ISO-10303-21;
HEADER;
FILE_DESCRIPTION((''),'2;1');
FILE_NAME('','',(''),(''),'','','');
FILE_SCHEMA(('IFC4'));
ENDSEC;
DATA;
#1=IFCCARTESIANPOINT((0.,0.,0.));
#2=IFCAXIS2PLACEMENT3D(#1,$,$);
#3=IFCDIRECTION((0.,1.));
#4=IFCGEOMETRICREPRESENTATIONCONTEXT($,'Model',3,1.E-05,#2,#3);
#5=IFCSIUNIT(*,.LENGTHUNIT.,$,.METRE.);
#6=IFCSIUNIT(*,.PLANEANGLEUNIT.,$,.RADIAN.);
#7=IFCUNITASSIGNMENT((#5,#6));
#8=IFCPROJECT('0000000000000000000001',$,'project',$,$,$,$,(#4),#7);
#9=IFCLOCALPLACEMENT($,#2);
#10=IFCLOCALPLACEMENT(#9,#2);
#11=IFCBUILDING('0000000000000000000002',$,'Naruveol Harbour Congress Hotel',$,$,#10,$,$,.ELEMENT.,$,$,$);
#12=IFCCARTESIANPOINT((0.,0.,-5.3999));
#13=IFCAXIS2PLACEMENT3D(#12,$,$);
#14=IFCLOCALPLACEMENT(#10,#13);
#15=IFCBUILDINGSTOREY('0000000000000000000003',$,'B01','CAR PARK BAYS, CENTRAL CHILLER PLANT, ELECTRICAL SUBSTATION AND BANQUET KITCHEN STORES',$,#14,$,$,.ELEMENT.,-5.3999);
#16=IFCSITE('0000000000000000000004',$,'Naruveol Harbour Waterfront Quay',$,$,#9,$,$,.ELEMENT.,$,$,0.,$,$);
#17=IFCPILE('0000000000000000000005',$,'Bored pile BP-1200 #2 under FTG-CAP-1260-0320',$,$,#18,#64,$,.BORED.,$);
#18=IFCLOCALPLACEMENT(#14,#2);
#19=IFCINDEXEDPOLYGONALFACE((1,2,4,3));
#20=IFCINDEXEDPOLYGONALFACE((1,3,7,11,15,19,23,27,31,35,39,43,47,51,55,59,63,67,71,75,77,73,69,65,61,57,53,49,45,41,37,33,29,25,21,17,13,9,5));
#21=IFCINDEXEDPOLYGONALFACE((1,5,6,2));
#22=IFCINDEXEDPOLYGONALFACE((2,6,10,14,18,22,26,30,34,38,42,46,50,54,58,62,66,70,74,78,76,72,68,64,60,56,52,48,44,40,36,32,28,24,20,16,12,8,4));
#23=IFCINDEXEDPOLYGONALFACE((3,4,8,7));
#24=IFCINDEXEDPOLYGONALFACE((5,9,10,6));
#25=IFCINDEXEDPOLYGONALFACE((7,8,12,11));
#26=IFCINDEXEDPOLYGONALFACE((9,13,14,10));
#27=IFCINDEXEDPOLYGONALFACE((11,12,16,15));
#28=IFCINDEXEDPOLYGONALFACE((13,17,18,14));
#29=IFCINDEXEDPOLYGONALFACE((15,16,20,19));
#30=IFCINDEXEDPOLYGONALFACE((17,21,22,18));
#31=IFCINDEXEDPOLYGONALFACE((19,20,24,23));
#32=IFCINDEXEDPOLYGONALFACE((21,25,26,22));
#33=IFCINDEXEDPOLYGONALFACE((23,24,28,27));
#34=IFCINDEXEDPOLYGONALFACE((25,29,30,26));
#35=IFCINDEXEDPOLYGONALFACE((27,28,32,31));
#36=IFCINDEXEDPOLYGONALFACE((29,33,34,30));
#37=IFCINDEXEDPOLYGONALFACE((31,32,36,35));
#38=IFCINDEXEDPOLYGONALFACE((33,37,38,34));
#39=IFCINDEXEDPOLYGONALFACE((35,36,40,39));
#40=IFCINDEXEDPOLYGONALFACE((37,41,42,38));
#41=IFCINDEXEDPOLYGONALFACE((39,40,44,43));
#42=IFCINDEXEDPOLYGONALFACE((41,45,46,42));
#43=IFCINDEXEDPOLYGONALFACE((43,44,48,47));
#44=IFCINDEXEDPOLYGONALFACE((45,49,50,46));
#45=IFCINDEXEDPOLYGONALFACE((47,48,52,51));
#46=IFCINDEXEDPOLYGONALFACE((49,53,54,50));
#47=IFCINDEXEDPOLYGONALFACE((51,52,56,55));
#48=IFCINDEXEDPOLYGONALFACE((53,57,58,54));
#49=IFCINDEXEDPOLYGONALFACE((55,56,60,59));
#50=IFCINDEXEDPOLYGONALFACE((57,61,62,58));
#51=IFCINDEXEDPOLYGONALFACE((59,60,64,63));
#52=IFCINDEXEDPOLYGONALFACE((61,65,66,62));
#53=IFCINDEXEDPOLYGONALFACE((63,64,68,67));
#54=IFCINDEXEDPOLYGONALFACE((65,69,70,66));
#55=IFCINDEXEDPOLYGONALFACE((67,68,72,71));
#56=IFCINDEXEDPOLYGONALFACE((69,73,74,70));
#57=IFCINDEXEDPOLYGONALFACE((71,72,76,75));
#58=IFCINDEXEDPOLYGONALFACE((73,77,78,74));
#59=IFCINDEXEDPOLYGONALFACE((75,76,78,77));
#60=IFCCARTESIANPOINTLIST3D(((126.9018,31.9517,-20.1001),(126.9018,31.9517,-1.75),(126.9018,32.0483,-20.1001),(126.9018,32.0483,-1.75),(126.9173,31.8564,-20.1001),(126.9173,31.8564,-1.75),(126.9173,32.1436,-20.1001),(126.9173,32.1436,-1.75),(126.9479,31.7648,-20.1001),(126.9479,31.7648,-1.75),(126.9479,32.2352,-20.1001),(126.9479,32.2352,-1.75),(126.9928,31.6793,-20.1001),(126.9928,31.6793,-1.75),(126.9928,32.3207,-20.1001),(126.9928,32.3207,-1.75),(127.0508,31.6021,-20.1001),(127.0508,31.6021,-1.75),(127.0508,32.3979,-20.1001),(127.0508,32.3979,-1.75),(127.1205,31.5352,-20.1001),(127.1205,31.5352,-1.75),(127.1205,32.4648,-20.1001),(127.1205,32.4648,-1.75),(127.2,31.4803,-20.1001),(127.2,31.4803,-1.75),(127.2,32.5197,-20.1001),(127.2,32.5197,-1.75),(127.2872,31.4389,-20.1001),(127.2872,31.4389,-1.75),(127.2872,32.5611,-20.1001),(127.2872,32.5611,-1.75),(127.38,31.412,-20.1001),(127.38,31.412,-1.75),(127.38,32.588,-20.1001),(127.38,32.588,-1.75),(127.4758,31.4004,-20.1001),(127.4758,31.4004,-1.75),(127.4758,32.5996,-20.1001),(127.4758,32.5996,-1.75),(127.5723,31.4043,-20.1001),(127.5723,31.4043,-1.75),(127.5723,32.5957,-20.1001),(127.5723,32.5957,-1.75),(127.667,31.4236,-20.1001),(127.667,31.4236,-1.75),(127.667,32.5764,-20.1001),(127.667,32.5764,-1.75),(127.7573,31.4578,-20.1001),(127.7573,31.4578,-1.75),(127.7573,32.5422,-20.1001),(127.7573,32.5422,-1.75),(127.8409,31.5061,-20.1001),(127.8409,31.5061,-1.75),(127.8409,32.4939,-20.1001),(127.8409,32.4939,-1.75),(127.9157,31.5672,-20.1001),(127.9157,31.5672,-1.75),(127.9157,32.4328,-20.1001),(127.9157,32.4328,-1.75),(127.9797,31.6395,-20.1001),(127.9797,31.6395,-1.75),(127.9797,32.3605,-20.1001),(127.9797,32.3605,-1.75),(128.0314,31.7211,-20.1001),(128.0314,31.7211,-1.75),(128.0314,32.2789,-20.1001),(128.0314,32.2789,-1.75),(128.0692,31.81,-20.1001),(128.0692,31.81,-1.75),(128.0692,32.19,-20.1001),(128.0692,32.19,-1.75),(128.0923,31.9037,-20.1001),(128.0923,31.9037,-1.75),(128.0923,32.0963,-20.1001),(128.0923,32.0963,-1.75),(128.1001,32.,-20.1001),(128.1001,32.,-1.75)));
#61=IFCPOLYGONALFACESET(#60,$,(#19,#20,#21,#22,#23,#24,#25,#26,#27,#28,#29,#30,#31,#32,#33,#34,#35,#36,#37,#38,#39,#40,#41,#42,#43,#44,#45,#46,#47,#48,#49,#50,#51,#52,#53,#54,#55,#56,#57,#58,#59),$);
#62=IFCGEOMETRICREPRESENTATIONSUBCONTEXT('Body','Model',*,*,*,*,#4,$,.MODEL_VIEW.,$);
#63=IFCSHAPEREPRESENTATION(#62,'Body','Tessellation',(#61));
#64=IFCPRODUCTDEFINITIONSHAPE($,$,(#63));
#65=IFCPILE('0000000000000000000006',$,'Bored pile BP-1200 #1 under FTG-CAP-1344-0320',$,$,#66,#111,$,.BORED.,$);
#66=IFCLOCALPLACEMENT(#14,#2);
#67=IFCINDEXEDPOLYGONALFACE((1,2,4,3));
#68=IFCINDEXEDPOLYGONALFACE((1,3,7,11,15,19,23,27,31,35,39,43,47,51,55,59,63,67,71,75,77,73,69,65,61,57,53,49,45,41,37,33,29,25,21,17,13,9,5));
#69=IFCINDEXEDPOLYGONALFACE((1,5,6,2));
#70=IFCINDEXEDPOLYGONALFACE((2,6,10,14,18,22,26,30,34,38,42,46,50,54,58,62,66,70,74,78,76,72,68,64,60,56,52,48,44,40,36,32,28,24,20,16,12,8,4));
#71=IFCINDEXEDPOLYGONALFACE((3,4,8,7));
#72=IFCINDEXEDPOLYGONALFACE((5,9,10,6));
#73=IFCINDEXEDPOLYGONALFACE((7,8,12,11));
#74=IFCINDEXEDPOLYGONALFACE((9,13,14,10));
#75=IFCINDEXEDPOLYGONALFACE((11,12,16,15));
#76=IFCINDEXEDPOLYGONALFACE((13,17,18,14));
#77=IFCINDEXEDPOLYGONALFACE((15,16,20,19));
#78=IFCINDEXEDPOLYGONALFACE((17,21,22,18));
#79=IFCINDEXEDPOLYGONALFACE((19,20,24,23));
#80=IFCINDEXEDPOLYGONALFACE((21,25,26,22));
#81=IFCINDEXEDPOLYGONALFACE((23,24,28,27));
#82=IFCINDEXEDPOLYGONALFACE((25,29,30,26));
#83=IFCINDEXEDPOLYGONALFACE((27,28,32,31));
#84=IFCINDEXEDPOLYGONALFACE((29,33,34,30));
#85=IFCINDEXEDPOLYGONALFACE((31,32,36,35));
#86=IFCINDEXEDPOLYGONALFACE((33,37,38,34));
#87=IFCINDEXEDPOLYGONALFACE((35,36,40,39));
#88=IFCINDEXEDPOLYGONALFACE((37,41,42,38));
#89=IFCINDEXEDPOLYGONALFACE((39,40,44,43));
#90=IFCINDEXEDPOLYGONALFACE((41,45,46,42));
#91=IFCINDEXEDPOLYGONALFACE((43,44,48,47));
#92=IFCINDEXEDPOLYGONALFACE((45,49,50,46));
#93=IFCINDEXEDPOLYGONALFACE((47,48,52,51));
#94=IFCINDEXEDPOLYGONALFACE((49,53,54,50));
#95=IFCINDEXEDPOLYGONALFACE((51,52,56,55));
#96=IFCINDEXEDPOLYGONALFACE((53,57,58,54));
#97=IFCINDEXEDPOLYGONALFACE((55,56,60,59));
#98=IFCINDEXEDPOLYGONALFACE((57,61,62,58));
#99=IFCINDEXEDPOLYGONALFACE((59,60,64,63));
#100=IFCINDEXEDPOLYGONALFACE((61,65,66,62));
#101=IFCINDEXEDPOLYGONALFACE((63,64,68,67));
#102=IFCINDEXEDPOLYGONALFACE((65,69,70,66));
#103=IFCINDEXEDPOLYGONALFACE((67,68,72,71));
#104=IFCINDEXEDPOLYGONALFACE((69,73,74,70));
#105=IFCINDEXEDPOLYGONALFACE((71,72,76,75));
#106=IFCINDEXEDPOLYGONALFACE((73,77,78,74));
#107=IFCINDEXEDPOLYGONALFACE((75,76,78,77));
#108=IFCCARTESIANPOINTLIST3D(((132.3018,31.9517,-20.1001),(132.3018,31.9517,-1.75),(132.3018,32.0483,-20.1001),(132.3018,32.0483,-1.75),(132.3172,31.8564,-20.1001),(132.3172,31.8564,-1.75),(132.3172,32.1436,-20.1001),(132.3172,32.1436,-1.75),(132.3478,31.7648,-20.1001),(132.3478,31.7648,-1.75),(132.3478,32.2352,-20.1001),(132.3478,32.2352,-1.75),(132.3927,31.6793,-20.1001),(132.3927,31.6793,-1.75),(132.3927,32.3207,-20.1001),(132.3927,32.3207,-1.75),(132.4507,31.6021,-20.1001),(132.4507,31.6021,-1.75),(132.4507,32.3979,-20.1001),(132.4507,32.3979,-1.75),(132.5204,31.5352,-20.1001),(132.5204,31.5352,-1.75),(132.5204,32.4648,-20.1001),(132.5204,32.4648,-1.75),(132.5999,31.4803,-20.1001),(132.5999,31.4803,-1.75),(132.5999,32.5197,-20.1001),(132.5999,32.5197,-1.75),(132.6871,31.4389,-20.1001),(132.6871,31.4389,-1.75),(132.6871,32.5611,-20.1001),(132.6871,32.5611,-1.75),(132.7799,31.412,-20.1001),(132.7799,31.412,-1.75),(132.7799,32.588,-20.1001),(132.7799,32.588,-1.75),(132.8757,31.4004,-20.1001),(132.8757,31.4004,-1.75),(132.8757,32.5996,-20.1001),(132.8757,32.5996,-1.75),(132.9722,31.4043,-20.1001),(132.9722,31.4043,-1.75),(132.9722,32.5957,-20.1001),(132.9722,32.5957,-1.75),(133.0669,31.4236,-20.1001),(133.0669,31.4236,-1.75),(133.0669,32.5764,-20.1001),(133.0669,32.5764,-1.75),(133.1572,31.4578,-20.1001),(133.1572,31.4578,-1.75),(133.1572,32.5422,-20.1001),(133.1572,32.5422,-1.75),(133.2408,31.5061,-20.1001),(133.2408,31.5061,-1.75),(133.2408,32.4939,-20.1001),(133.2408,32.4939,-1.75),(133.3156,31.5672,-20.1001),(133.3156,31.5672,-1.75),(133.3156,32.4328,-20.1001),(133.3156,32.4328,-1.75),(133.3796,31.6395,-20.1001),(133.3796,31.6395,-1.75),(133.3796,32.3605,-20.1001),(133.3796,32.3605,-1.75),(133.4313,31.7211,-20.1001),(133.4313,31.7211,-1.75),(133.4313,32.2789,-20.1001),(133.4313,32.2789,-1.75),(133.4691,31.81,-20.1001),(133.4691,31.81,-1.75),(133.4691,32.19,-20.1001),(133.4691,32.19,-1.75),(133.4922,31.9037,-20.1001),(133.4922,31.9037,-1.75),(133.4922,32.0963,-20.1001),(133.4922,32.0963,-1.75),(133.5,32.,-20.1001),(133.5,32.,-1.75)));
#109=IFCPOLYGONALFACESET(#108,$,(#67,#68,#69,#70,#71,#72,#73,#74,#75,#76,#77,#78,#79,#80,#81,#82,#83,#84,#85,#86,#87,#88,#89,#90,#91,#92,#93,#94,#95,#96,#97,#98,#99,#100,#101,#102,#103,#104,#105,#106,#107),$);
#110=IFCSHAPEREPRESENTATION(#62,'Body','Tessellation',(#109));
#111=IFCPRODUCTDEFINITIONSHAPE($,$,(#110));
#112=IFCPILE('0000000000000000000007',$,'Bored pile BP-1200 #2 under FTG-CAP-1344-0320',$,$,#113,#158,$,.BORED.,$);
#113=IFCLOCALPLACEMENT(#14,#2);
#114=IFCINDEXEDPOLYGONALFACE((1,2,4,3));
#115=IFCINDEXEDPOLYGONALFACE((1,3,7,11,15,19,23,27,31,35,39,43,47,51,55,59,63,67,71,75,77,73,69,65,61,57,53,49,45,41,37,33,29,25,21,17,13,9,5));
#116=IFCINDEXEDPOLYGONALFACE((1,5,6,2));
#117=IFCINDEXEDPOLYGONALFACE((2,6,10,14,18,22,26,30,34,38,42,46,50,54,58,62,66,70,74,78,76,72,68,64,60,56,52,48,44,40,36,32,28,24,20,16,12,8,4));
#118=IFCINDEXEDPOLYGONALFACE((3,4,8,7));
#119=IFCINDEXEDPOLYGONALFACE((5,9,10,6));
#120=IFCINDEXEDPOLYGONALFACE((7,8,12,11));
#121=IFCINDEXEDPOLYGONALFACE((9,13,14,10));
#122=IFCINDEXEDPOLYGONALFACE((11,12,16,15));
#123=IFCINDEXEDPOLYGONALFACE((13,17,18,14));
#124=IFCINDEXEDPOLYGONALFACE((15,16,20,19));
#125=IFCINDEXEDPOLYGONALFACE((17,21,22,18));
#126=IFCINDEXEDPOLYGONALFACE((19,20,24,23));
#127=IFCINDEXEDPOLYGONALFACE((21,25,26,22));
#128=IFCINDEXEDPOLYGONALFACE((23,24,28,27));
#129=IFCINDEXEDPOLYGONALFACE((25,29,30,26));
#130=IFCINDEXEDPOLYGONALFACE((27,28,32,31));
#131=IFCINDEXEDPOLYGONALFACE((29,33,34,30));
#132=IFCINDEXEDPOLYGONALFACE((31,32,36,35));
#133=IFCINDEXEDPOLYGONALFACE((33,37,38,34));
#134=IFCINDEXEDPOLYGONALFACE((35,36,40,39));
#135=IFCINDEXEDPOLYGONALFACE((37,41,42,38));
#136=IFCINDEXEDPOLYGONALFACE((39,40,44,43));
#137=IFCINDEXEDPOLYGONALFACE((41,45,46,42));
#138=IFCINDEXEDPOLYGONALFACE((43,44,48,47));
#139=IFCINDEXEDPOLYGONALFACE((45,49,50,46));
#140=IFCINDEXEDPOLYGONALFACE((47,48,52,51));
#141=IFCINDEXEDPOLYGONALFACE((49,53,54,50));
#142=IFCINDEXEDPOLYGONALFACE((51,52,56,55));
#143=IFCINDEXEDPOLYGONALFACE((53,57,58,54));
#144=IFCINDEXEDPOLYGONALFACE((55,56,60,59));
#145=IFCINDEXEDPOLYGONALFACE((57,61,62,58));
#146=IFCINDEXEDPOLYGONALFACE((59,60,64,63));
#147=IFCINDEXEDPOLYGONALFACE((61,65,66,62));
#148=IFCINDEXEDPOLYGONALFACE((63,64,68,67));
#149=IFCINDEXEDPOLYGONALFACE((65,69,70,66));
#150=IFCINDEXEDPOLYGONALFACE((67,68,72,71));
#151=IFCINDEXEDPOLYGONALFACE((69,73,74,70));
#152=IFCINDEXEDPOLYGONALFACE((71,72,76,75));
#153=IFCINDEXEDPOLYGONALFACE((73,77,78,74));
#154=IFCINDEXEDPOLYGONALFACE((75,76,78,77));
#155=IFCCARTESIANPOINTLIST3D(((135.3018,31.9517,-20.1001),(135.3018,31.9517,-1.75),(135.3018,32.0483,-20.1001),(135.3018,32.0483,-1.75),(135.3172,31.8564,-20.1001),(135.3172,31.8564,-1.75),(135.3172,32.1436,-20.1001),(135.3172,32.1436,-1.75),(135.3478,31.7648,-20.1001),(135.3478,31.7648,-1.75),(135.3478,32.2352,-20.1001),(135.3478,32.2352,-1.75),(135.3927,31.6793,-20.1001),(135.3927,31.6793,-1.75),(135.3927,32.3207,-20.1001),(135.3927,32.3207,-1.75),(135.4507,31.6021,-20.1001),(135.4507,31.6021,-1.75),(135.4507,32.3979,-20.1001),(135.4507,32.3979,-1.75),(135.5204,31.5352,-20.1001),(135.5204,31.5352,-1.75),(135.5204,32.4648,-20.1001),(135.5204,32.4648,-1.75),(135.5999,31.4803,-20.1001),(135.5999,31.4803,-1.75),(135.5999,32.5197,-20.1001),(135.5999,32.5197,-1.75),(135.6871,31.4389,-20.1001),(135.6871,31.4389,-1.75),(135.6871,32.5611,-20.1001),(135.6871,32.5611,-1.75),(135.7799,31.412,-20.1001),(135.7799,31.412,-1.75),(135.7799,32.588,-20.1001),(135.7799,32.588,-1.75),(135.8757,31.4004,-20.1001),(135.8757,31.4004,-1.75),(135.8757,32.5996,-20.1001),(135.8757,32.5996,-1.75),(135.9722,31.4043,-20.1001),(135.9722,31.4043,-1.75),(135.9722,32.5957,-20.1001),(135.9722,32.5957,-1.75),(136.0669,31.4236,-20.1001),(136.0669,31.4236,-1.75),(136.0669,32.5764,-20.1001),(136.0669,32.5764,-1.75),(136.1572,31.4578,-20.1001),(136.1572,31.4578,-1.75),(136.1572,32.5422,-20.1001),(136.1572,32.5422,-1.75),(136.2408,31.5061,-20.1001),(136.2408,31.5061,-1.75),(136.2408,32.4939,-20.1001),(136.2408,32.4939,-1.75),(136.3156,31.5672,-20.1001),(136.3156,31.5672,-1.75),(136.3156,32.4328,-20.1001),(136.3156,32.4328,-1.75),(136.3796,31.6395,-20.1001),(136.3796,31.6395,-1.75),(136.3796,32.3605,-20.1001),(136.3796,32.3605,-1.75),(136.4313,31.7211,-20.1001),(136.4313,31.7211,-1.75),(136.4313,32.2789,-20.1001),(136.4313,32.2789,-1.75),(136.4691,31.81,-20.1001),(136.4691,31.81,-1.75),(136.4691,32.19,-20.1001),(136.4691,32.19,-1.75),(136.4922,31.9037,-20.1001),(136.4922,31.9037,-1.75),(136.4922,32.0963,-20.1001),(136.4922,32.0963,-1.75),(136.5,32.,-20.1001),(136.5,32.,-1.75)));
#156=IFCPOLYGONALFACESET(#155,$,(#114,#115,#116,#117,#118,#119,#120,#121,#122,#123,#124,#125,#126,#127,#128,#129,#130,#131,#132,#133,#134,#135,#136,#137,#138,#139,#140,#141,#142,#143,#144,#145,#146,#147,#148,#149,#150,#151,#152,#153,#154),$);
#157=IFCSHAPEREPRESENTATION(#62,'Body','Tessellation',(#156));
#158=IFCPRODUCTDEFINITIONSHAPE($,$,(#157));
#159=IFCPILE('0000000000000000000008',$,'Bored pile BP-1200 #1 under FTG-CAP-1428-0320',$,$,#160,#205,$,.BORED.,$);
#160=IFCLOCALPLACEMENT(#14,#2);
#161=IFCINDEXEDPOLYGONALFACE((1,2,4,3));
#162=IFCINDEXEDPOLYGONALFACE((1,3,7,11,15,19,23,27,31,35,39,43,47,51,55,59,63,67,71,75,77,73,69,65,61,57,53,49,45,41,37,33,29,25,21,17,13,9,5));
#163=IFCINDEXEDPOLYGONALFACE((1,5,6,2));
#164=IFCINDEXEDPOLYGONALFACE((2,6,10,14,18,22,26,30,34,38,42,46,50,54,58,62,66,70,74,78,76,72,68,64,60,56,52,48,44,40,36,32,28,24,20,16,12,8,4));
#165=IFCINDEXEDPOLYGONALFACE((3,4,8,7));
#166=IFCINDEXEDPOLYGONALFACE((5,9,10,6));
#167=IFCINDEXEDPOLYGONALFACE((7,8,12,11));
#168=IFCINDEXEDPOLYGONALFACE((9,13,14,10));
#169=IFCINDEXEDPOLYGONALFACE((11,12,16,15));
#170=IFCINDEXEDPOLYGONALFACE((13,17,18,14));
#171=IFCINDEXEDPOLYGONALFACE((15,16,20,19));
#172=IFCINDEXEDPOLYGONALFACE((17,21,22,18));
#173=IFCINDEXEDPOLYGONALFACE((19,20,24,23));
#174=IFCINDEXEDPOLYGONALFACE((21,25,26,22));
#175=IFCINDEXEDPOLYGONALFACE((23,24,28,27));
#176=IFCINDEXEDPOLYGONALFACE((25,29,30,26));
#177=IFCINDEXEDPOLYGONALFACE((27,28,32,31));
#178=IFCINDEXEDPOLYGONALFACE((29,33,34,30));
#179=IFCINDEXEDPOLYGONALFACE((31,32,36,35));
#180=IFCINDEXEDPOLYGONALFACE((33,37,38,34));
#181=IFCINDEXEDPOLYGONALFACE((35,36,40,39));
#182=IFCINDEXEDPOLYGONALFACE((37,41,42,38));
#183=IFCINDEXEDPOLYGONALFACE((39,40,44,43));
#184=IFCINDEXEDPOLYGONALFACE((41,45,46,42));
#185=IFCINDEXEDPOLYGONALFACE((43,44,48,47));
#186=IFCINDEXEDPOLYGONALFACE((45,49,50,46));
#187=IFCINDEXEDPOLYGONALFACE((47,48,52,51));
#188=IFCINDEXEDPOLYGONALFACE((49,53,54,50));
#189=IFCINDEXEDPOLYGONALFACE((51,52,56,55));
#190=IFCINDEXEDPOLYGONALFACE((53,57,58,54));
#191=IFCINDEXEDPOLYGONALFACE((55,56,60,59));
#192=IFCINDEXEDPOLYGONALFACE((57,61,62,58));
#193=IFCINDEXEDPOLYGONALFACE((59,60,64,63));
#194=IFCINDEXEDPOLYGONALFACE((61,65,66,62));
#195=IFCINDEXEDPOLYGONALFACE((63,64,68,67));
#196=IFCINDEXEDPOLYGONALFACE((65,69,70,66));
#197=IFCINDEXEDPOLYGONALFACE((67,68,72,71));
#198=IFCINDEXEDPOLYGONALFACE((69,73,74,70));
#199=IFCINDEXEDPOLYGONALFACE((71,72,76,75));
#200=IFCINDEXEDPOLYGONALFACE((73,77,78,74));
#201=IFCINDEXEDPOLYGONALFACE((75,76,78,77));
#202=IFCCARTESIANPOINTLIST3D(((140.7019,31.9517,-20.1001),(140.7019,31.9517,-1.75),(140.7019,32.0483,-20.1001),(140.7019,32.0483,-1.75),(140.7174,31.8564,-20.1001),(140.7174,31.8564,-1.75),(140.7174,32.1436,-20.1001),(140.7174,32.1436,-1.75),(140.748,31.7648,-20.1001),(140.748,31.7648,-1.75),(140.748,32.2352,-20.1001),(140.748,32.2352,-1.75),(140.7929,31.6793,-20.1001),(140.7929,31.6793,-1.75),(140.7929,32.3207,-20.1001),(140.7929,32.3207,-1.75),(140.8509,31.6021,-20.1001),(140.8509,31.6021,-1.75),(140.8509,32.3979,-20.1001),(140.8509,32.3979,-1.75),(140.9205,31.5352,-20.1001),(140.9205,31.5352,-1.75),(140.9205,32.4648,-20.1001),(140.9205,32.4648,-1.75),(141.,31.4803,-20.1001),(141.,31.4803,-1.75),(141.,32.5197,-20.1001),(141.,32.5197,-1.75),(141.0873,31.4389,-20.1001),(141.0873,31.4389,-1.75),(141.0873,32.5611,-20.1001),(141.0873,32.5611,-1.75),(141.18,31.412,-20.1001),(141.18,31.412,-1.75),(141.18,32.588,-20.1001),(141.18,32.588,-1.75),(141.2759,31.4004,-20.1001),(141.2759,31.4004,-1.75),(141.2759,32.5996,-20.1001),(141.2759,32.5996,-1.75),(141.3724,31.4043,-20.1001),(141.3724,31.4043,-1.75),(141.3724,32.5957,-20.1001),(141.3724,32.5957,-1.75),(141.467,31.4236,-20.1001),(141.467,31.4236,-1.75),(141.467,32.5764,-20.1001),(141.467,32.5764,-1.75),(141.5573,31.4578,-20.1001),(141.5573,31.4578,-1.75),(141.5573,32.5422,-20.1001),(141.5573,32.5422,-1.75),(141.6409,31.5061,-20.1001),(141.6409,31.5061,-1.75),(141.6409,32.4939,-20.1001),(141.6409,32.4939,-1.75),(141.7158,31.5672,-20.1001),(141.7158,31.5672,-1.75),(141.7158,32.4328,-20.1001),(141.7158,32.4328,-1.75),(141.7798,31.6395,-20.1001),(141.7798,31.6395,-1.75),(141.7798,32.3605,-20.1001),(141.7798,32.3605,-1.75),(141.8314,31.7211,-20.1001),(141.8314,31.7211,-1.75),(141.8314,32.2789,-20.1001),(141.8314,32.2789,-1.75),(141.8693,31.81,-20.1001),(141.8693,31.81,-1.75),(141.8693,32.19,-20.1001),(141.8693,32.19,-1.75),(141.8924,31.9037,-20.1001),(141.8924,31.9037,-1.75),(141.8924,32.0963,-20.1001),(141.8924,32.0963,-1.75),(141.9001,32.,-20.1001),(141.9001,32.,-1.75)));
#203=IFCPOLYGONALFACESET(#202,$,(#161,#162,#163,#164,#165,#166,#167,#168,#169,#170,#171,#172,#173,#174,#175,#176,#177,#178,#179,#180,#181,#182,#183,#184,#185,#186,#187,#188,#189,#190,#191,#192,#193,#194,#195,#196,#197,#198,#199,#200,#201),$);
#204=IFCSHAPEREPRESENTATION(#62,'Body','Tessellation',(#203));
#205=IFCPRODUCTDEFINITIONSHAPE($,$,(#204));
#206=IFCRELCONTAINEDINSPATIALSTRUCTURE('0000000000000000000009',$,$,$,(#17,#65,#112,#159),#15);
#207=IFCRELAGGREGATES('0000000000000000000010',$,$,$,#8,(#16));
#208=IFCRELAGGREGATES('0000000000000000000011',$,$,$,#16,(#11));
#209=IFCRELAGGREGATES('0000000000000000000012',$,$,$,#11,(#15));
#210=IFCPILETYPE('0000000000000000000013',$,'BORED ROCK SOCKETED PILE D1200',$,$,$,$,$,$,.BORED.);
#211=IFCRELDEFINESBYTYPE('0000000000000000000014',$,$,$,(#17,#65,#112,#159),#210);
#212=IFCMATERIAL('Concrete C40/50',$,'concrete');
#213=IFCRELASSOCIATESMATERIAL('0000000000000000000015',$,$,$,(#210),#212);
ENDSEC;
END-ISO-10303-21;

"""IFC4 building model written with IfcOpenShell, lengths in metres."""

from ifc_helpers import new_model, si_unit, direction, frame, origin, origin_2d, place, context, subcontext, project, spatial, circle, extrude, material, material_profile, profile_set, type_object, element, save


model = new_model("IFC4")

# Units and contexts
model_context = context("Model", 3, precision=1e-05, world=origin(), true_north=direction((0.0, 1.0)))
body_context = subcontext(model_context, "Body", "Model", "MODEL_VIEW")
ifc_project = project(units=[si_unit("LENGTHUNIT", "METRE"), si_unit("PLANEANGLEUNIT", "RADIAN")], contexts=[model_context])

# Site, building, storey
site_placement = place(None, origin())
site = spatial("IfcSite", under=ifc_project, at=site_placement, Name="Naruveol Harbour Waterfront Quay", CompositionType="ELEMENT", RefElevation=0.0)
building_placement = place(site_placement, origin())
building = spatial("IfcBuilding", under=site, at=building_placement, Name="Naruveol Harbour Congress Hotel", CompositionType="ELEMENT")
storey_placement = place(building_placement, frame((0.0, 0.0, -5.3999)))
storey = spatial("IfcBuildingStorey", under=building, at=storey_placement, Name="B01", Description="CAR PARK BAYS, CENTRAL CHILLER PLANT, ELECTRICAL SUBSTATION AND BANQUET KITCHEN STORES", CompositionType="ELEMENT", Elevation=-5.3999)

# Piles
ifc_material_1 = material(Name="Concrete C40/50", Category="concrete")
ifc_material_profile_1 = material_profile(ifc_material_1, circle(Radius=0.6001, at=origin_2d()), Name="BP-1200")
ifc_profile_set_1 = profile_set([ifc_material_profile_1], Name="Concrete C40/50")
pile_type = type_object("IfcPileType", Name="BORED ROCK SOCKETED PILE D1200", PredefinedType="BORED", material=ifc_profile_set_1)
for number, where, z_axis, x_axis, name in (
    (1, (127.5, 32.0, -1.75), (0.0, 0.0, -1.0), (1.0, 0.0, 0.0), "Bored pile BP-1200 #2 under FTG-CAP-1260-0320"),
    (2, (132.8999, 32.0, -1.75), (0.0, 0.0, -1.0), (1.0, 0.0, 0.0), "Bored pile BP-1200 #1 under FTG-CAP-1344-0320"),
    (3, (135.8999, 32.0, -1.75), (0.0, 0.0, -1.0), (1.0, 0.0, 0.0), "Bored pile BP-1200 #2 under FTG-CAP-1344-0320"),
    (4, (141.3, 32.0, -1.75), (0.0, 0.0, -1.0), (1.0, 0.0, 0.0), "Bored pile BP-1200 #1 under FTG-CAP-1428-0320"),
):
    element("IfcPile", number, at=place(storey_placement, frame(where, z_axis=z_axis, x_axis=x_axis)), inside=storey, type_object=pile_type, Name=name, PredefinedType="BORED", context=body_context, shape_type="SweptSolid", body=[
        extrude(circle(Radius=0.6001, at=origin_2d()), origin(), (0.0, 0.0, 1.0), 18.3501),
    ])

save(model, "model.ifc")
